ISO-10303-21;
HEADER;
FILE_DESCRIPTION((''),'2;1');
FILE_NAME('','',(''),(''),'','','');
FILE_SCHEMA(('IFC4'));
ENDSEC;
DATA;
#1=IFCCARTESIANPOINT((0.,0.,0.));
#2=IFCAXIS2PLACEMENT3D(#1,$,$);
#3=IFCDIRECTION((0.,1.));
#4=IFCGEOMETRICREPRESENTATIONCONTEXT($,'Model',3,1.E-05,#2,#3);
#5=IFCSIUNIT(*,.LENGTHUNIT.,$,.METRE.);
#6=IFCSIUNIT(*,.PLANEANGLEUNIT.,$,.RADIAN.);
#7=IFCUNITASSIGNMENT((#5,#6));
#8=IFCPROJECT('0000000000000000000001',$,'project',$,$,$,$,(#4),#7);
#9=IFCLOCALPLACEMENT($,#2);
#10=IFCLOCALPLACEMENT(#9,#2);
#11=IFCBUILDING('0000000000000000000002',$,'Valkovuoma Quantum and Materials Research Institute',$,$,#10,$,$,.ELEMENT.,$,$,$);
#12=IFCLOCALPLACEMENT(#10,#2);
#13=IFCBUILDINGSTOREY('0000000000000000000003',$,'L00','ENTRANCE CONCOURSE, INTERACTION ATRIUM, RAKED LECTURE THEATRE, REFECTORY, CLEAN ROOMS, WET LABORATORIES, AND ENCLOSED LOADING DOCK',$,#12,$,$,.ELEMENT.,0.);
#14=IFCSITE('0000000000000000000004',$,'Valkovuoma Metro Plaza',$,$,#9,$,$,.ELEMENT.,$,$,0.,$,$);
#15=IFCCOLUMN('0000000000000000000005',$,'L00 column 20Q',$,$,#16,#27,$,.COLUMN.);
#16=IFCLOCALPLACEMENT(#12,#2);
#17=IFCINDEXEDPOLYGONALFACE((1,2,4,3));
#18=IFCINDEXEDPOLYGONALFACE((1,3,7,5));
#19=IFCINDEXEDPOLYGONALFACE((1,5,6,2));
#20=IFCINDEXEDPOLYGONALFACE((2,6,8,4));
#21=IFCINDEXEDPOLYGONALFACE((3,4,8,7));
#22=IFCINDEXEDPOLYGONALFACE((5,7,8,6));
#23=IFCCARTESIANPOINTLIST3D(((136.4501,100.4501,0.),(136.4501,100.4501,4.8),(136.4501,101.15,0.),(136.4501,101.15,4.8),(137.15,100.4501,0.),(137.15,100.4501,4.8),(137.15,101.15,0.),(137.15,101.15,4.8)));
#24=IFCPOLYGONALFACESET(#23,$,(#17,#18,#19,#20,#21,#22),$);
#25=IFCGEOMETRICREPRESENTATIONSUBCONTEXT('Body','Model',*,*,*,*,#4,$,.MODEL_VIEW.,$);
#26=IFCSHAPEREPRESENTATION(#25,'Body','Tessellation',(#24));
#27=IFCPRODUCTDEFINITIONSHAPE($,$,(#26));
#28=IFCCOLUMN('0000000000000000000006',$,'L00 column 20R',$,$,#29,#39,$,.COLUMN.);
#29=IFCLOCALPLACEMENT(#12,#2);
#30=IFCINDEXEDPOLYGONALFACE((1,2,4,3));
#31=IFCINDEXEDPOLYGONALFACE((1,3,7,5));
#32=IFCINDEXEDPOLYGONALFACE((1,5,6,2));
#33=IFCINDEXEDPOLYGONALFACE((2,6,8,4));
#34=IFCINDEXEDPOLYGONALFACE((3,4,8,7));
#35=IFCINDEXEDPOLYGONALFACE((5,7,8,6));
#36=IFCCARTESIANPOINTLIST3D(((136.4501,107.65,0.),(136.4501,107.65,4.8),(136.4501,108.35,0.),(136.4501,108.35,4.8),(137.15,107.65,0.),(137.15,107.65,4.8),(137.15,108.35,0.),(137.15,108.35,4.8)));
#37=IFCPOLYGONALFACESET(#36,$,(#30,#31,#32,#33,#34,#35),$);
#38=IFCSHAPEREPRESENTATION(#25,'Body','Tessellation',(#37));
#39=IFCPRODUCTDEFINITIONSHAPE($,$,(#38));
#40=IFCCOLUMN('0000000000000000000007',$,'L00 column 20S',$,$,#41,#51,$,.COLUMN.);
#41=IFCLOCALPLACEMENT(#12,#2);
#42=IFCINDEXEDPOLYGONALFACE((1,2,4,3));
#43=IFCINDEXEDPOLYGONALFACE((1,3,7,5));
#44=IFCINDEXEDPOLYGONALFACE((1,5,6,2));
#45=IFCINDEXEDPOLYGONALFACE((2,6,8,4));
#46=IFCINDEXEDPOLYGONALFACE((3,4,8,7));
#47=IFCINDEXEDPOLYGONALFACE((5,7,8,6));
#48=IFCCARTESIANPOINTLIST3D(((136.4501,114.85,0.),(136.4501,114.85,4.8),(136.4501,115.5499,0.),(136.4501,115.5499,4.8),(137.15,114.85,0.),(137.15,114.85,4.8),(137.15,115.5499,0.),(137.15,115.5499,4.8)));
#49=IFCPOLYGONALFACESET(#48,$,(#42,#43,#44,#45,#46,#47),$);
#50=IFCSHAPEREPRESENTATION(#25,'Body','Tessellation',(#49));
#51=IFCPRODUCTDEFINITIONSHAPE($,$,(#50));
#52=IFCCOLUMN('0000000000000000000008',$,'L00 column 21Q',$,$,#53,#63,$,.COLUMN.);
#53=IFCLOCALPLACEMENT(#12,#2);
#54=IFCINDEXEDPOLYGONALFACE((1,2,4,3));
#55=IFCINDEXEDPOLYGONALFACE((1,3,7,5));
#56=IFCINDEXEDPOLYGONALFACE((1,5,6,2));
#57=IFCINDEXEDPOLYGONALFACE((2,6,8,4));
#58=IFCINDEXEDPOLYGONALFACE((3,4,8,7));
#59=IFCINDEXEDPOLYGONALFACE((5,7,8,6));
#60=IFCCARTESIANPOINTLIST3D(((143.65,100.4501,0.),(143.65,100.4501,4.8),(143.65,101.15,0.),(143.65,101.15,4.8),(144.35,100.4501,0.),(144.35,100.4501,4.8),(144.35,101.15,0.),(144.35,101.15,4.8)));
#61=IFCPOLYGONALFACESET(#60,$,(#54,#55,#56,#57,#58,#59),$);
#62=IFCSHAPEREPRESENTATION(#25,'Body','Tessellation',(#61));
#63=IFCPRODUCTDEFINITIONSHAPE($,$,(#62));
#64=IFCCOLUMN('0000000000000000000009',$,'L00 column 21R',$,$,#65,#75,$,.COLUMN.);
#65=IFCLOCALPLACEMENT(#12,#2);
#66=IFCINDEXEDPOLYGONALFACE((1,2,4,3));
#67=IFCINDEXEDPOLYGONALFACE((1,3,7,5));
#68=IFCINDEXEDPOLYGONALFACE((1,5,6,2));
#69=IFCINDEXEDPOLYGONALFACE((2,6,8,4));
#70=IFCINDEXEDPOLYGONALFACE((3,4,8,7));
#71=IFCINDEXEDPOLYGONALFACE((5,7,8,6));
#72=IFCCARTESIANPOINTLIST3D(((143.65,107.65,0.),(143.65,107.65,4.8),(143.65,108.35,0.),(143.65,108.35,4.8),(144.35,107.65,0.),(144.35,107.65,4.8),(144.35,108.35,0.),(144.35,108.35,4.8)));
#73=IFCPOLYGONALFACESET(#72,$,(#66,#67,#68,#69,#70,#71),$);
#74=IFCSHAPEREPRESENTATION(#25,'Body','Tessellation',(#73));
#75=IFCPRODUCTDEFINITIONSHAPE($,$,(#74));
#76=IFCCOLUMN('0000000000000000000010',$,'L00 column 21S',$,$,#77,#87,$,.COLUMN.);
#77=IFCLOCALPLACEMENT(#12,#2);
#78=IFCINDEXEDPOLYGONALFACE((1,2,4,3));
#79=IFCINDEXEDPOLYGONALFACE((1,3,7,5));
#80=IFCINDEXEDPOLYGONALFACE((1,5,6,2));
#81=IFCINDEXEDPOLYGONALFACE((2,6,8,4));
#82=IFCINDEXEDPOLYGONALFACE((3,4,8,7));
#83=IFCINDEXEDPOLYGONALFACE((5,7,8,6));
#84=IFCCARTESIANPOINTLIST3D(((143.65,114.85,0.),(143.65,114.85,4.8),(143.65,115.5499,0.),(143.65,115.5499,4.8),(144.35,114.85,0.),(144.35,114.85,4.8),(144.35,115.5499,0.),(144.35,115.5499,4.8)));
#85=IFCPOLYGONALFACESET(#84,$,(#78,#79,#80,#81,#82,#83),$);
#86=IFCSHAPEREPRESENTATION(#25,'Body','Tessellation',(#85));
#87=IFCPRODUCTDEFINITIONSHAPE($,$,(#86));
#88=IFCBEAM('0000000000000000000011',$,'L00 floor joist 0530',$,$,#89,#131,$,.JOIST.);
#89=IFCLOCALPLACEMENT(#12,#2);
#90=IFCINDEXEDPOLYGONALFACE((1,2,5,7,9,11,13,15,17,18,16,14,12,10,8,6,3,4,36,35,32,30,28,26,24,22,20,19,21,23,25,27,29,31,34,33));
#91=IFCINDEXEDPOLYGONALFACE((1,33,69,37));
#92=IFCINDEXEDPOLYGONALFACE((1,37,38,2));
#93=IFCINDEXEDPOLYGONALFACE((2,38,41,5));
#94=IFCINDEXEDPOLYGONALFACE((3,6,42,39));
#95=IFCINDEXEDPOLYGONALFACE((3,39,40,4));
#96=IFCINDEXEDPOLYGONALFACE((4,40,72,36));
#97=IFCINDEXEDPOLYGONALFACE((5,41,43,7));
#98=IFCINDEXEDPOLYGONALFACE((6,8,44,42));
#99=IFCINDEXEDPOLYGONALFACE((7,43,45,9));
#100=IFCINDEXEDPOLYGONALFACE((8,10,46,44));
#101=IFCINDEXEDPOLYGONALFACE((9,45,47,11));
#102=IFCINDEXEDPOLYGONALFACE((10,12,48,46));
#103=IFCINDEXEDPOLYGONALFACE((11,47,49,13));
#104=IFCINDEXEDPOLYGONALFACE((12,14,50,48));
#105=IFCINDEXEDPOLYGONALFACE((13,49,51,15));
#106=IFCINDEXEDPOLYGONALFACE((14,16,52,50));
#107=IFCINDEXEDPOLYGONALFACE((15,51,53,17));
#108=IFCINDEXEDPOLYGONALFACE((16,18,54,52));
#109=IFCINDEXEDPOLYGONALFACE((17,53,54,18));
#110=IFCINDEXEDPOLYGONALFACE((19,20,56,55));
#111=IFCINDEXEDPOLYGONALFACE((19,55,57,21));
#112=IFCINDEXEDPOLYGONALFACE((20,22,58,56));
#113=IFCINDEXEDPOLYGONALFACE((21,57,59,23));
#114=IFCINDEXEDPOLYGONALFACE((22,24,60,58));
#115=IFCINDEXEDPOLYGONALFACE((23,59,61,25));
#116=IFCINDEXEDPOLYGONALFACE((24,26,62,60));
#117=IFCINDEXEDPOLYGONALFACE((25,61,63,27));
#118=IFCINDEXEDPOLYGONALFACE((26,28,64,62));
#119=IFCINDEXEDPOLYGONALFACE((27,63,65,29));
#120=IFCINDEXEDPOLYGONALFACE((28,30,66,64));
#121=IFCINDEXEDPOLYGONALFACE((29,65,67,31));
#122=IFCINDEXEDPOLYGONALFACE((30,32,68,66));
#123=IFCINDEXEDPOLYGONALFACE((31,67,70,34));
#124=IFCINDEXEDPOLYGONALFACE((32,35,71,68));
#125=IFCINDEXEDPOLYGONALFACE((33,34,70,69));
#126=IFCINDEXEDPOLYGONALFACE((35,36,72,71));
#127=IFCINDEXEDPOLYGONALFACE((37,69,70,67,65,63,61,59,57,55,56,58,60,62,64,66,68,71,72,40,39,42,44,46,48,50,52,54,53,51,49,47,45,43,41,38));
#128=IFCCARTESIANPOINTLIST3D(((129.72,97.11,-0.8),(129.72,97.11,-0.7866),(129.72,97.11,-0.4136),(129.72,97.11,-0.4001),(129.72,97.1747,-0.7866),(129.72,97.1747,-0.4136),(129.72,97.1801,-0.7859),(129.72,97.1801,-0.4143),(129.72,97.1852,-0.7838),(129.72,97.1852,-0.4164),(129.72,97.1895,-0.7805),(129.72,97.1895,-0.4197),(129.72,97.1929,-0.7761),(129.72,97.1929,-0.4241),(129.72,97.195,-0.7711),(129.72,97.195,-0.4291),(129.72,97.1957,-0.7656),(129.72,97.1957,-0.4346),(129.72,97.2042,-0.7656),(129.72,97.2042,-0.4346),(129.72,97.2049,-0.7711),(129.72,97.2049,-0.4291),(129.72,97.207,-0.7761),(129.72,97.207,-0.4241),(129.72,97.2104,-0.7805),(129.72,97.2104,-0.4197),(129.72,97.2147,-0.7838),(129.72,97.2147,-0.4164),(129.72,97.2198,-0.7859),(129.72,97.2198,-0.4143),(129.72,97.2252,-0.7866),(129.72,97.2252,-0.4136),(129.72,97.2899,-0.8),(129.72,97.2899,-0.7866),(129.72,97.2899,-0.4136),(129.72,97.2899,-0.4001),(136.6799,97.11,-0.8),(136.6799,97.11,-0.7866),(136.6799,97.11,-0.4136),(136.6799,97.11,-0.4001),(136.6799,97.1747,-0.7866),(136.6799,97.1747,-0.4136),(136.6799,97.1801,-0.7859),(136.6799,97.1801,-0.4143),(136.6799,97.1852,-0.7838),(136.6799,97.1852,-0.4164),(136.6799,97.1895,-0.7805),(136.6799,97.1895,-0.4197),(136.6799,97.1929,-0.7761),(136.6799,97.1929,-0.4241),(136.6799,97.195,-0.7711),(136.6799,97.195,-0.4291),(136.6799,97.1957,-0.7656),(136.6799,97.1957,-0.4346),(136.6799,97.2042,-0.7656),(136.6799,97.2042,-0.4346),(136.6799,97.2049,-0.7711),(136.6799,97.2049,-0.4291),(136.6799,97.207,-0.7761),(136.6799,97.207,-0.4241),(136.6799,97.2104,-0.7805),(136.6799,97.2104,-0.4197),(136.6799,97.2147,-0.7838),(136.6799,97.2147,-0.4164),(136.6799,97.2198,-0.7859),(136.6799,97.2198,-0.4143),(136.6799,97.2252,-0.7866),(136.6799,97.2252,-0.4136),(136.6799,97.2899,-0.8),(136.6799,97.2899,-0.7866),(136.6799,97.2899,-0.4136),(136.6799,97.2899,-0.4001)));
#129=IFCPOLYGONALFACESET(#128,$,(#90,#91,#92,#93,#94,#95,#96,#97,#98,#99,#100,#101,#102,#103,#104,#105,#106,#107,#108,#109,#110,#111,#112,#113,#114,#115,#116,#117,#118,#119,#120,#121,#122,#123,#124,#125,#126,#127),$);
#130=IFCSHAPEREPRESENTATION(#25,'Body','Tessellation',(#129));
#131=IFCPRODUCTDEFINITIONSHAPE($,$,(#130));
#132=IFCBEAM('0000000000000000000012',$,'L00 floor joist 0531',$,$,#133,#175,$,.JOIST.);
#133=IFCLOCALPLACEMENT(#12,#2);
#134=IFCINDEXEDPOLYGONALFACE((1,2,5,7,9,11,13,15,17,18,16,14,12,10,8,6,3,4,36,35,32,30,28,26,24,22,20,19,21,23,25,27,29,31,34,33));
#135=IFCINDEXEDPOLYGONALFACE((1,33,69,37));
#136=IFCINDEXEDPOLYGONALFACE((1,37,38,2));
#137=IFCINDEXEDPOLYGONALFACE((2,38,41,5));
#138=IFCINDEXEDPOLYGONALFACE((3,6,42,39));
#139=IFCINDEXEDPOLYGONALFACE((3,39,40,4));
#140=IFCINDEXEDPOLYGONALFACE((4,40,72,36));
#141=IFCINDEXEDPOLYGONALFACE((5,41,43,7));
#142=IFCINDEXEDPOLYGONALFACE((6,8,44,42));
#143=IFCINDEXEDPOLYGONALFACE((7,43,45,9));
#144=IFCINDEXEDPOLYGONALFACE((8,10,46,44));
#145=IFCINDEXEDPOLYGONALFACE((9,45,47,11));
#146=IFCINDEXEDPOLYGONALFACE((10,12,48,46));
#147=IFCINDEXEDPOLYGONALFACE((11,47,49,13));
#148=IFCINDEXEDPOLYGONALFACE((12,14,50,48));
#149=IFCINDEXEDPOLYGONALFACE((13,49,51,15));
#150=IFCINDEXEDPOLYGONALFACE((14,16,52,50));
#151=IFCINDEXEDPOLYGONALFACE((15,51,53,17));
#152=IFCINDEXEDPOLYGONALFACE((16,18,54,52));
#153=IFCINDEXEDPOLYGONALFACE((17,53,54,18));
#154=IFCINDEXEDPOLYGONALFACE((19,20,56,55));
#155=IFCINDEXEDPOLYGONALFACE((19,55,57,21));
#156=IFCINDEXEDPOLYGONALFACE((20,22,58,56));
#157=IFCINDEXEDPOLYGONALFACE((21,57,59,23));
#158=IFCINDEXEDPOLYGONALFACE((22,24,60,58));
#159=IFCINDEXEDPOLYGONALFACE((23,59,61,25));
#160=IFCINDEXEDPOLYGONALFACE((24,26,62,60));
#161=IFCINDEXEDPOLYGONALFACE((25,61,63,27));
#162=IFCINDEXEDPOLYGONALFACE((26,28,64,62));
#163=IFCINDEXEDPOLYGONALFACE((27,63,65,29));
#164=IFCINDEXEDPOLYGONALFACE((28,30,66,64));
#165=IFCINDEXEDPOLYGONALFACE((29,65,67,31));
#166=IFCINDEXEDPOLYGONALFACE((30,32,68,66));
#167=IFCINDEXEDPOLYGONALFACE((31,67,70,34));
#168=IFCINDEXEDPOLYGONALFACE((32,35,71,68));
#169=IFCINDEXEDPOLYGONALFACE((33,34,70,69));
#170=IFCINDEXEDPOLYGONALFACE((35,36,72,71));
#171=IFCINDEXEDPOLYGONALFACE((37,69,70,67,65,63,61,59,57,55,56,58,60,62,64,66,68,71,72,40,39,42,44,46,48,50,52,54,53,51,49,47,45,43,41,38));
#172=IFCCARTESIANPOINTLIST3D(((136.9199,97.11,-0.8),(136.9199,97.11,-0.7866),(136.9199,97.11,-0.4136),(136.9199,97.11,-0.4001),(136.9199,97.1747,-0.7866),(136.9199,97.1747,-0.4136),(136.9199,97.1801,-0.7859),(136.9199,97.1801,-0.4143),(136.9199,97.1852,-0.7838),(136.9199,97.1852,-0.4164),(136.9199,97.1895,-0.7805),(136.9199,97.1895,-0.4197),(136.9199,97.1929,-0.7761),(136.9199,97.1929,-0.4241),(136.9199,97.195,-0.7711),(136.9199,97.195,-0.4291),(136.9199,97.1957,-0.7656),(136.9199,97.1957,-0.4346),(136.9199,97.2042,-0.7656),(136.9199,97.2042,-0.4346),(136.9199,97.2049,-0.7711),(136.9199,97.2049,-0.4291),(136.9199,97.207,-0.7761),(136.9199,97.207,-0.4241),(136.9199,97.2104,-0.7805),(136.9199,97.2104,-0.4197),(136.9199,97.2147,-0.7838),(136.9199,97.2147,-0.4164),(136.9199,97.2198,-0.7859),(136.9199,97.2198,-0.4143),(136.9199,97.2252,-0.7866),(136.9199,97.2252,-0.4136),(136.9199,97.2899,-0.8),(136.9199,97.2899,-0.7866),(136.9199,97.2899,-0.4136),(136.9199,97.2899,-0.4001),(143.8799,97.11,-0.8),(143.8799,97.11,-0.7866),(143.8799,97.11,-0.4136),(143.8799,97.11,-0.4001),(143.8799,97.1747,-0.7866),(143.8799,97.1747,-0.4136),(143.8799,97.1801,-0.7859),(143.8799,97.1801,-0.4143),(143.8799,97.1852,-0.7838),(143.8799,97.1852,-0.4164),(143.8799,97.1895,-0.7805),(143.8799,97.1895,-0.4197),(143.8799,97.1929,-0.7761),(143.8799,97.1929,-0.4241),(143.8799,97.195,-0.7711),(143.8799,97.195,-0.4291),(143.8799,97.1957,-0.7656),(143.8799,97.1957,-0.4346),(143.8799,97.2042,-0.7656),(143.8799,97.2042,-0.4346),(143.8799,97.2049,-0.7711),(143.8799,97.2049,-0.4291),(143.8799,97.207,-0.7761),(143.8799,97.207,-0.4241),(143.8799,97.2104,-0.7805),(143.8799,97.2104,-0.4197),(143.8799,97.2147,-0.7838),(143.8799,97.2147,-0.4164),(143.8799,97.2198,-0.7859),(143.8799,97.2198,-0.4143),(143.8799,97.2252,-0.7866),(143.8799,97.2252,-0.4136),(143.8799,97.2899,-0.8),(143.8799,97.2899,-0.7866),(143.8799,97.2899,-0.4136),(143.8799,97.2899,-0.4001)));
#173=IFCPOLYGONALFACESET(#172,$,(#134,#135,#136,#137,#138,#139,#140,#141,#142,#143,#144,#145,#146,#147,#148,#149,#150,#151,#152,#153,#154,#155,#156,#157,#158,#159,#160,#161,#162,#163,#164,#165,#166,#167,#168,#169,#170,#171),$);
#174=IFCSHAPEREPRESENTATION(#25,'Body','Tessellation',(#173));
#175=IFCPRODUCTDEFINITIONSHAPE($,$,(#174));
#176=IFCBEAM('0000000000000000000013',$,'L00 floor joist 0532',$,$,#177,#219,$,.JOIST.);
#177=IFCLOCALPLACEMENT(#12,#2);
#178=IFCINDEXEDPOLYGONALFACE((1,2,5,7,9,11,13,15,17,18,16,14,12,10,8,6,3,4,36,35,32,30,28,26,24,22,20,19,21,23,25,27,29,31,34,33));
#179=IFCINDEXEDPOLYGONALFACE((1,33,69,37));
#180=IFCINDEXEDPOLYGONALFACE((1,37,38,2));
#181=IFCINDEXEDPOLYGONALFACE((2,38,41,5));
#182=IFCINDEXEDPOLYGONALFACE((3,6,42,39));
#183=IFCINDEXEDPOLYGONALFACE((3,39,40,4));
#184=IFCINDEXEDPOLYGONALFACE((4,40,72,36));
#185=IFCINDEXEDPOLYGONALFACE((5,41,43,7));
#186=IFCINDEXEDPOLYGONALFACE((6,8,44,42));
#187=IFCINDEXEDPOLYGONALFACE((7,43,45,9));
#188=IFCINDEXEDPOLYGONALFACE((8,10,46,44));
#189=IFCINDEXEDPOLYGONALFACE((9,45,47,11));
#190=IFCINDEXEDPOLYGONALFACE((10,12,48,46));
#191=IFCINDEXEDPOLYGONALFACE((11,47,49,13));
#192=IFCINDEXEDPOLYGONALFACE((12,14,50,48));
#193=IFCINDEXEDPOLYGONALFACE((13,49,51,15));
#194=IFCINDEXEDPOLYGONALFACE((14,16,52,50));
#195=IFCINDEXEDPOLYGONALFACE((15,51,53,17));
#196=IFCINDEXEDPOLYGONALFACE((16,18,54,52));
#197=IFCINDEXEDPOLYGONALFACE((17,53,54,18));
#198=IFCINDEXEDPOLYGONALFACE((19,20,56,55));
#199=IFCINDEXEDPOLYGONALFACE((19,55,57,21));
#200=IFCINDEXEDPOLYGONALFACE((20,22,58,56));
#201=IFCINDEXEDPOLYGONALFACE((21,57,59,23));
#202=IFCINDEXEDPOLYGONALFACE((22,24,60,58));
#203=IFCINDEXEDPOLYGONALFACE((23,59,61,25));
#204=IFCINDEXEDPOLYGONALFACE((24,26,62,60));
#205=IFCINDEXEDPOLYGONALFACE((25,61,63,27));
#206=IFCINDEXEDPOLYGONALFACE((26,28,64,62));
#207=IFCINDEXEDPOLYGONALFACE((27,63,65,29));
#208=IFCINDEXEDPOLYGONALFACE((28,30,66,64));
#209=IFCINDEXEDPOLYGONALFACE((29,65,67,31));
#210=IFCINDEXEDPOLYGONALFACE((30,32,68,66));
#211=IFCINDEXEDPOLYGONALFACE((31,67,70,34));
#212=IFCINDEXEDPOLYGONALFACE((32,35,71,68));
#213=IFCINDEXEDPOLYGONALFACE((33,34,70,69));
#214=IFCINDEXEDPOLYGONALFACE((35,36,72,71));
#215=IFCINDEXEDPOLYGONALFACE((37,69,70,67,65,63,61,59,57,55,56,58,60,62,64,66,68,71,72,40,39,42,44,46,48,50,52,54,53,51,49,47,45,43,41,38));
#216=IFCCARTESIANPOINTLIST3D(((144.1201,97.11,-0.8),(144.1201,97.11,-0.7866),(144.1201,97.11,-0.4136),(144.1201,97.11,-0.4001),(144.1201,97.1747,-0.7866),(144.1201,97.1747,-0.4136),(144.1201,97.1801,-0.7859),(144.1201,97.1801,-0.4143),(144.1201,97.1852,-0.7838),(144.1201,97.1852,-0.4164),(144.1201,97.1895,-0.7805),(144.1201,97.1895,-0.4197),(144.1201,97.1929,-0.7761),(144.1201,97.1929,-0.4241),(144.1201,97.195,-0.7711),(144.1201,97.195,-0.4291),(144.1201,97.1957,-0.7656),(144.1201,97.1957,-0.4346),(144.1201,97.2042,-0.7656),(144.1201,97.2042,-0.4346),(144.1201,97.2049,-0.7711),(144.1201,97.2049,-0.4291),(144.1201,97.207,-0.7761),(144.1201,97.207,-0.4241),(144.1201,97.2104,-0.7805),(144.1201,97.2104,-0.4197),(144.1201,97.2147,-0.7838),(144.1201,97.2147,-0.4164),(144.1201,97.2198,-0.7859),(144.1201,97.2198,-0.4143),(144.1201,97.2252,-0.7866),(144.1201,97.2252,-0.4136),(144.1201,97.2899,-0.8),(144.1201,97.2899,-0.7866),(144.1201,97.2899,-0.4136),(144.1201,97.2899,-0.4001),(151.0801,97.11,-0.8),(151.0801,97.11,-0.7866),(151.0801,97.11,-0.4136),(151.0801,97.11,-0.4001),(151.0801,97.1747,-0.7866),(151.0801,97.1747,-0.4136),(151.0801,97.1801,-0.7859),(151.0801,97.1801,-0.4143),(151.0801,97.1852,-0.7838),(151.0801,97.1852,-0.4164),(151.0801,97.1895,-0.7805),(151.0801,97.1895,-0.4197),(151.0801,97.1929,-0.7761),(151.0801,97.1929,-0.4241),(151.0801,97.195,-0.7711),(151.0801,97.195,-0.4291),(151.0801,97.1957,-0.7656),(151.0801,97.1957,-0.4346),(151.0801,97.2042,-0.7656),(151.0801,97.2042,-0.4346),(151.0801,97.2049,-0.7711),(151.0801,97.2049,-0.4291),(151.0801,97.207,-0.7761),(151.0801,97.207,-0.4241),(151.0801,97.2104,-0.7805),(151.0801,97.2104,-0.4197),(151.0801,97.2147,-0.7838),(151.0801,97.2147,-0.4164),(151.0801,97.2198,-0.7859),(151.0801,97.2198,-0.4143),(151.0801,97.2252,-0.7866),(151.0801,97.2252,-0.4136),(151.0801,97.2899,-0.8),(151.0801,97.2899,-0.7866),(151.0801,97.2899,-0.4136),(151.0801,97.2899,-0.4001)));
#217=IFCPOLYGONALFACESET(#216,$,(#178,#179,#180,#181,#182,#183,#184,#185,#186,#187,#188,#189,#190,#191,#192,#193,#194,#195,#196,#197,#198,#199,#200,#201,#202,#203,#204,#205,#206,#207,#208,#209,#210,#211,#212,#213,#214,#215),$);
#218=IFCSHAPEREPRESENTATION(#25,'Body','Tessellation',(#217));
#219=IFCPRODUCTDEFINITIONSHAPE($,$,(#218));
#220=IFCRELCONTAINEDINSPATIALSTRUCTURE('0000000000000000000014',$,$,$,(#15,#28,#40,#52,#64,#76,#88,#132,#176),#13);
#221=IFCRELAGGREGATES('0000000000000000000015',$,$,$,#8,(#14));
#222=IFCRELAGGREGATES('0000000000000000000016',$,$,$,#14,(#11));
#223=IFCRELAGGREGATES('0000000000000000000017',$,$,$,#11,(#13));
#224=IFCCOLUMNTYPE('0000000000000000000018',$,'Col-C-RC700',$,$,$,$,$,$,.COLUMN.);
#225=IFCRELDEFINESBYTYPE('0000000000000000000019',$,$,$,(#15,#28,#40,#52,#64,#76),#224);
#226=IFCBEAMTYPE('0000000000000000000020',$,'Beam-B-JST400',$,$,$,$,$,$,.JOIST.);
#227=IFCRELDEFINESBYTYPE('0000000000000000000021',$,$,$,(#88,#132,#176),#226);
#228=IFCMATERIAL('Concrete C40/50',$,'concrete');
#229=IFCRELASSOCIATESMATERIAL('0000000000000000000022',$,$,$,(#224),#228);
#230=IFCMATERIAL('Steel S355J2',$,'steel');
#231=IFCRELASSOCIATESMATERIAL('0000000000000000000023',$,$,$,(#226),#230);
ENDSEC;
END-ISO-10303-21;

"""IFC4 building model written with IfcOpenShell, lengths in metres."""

from ifc_helpers import new_model, si_unit, direction, frame, origin, origin_2d, place, context, subcontext, project, spatial, rectangle, i_section, extrude, material, material_profile, profile_set, type_object, element, save


model = new_model("IFC4")

# Units and contexts
model_context = context("Model", 3, precision=1e-05, world=origin(), true_north=direction((0.0, 1.0)))
body_context = subcontext(model_context, "Body", "Model", "MODEL_VIEW")
ifc_project = project(units=[si_unit("LENGTHUNIT", "METRE"), si_unit("PLANEANGLEUNIT", "RADIAN")], contexts=[model_context])

# Site, building, storey
site_placement = place(None, origin())
site = spatial("IfcSite", under=ifc_project, at=site_placement, Name="Valkovuoma Metro Plaza", CompositionType="ELEMENT", RefElevation=0.0)
building_placement = place(site_placement, origin())
building = spatial("IfcBuilding", under=site, at=building_placement, Name="Valkovuoma Quantum and Materials Research Institute", CompositionType="ELEMENT")
storey_placement = place(building_placement, origin())
storey = spatial("IfcBuildingStorey", under=building, at=storey_placement, Name="L00", Description="ENTRANCE CONCOURSE, INTERACTION ATRIUM, RAKED LECTURE THEATRE, REFECTORY, CLEAN ROOMS, WET LABORATORIES, AND ENCLOSED LOADING DOCK", CompositionType="ELEMENT", Elevation=0.0)

# Columns
ifc_material_1 = material(Name="Concrete C40/50", Category="concrete")
ifc_material_profile_1 = material_profile(ifc_material_1, rectangle(XDim=0.7, YDim=0.7, at=origin_2d()), Name="Concrete C40/50")
ifc_profile_set_1 = profile_set([ifc_material_profile_1], Name="Concrete C40/50")
column_type = type_object("IfcColumnType", Name="Col-C-RC700", PredefinedType="COLUMN", material=ifc_profile_set_1)
for number, where, z_axis, x_axis, name in (
    (1, (136.8, 100.8, 0.0), (0.0, 0.0, 1.0), (1.0, 0.0, 0.0), "L00 column 20Q"),
    (2, (136.8, 108.0, 0.0), (0.0, 0.0, 1.0), (1.0, 0.0, 0.0), "L00 column 20R"),
    (3, (136.8, 115.2, 0.0), (0.0, 0.0, 1.0), (1.0, 0.0, 0.0), "L00 column 20S"),
    (4, (144.0, 100.8, 0.0), (0.0, 0.0, 1.0), (1.0, 0.0, 0.0), "L00 column 21Q"),
    (5, (144.0, 108.0, 0.0), (0.0, 0.0, 1.0), (1.0, 0.0, 0.0), "L00 column 21R"),
    (6, (144.0, 115.2, 0.0), (0.0, 0.0, 1.0), (1.0, 0.0, 0.0), "L00 column 21S"),
):
    element("IfcColumn", number, at=place(storey_placement, frame(where, z_axis=z_axis, x_axis=x_axis)), inside=storey, type_object=column_type, Name=name, PredefinedType="COLUMN", context=body_context, shape_type="SweptSolid", body=[
        extrude(rectangle(XDim=0.7, YDim=0.7, at=origin_2d()), origin(), (0.0, 0.0, 1.0), 4.8),
    ])

# Beams
ifc_material_2 = material(Name="Steel S355J2", Category="steel")
ifc_material_profile_2 = material_profile(ifc_material_2, i_section(OverallWidth=0.1799, OverallDepth=0.3999, WebThickness=0.0085, FlangeThickness=0.0134, FilletRadius=0.021, at=origin_2d()), Name="Steel S355J2")
ifc_profile_set_2 = profile_set([ifc_material_profile_2], Name="Steel S355J2")
beam_type_1 = type_object("IfcBeamType", Name="Beam-B-JST400", PredefinedType="JOIST", material=ifc_profile_set_2)
for number, where, z_axis, x_axis, name in (
    (7, (129.72, 97.2, -0.6001), (1.0, 0.0, 0.0), (0.0, 1.0, 0.0), "L00 floor joist 0530"),
    (8, (136.9199, 97.2, -0.6001), (1.0, 0.0, 0.0), (0.0, 1.0, 0.0), "L00 floor joist 0531"),
    (9, (144.1201, 97.2, -0.6001), (1.0, 0.0, 0.0), (0.0, 1.0, 0.0), "L00 floor joist 0532"),
):
    element("IfcBeam", number, at=place(storey_placement, frame(where, z_axis=z_axis, x_axis=x_axis)), inside=storey, type_object=beam_type_1, Name=name, PredefinedType="JOIST", context=body_context, shape_type="SweptSolid", body=[
        extrude(i_section(OverallWidth=0.1799, OverallDepth=0.3999, WebThickness=0.0085, FlangeThickness=0.0134, FilletRadius=0.021, at=origin_2d()), origin(), (0.0, 0.0, 1.0), 6.96),
    ])

save(model, "model.ifc")
